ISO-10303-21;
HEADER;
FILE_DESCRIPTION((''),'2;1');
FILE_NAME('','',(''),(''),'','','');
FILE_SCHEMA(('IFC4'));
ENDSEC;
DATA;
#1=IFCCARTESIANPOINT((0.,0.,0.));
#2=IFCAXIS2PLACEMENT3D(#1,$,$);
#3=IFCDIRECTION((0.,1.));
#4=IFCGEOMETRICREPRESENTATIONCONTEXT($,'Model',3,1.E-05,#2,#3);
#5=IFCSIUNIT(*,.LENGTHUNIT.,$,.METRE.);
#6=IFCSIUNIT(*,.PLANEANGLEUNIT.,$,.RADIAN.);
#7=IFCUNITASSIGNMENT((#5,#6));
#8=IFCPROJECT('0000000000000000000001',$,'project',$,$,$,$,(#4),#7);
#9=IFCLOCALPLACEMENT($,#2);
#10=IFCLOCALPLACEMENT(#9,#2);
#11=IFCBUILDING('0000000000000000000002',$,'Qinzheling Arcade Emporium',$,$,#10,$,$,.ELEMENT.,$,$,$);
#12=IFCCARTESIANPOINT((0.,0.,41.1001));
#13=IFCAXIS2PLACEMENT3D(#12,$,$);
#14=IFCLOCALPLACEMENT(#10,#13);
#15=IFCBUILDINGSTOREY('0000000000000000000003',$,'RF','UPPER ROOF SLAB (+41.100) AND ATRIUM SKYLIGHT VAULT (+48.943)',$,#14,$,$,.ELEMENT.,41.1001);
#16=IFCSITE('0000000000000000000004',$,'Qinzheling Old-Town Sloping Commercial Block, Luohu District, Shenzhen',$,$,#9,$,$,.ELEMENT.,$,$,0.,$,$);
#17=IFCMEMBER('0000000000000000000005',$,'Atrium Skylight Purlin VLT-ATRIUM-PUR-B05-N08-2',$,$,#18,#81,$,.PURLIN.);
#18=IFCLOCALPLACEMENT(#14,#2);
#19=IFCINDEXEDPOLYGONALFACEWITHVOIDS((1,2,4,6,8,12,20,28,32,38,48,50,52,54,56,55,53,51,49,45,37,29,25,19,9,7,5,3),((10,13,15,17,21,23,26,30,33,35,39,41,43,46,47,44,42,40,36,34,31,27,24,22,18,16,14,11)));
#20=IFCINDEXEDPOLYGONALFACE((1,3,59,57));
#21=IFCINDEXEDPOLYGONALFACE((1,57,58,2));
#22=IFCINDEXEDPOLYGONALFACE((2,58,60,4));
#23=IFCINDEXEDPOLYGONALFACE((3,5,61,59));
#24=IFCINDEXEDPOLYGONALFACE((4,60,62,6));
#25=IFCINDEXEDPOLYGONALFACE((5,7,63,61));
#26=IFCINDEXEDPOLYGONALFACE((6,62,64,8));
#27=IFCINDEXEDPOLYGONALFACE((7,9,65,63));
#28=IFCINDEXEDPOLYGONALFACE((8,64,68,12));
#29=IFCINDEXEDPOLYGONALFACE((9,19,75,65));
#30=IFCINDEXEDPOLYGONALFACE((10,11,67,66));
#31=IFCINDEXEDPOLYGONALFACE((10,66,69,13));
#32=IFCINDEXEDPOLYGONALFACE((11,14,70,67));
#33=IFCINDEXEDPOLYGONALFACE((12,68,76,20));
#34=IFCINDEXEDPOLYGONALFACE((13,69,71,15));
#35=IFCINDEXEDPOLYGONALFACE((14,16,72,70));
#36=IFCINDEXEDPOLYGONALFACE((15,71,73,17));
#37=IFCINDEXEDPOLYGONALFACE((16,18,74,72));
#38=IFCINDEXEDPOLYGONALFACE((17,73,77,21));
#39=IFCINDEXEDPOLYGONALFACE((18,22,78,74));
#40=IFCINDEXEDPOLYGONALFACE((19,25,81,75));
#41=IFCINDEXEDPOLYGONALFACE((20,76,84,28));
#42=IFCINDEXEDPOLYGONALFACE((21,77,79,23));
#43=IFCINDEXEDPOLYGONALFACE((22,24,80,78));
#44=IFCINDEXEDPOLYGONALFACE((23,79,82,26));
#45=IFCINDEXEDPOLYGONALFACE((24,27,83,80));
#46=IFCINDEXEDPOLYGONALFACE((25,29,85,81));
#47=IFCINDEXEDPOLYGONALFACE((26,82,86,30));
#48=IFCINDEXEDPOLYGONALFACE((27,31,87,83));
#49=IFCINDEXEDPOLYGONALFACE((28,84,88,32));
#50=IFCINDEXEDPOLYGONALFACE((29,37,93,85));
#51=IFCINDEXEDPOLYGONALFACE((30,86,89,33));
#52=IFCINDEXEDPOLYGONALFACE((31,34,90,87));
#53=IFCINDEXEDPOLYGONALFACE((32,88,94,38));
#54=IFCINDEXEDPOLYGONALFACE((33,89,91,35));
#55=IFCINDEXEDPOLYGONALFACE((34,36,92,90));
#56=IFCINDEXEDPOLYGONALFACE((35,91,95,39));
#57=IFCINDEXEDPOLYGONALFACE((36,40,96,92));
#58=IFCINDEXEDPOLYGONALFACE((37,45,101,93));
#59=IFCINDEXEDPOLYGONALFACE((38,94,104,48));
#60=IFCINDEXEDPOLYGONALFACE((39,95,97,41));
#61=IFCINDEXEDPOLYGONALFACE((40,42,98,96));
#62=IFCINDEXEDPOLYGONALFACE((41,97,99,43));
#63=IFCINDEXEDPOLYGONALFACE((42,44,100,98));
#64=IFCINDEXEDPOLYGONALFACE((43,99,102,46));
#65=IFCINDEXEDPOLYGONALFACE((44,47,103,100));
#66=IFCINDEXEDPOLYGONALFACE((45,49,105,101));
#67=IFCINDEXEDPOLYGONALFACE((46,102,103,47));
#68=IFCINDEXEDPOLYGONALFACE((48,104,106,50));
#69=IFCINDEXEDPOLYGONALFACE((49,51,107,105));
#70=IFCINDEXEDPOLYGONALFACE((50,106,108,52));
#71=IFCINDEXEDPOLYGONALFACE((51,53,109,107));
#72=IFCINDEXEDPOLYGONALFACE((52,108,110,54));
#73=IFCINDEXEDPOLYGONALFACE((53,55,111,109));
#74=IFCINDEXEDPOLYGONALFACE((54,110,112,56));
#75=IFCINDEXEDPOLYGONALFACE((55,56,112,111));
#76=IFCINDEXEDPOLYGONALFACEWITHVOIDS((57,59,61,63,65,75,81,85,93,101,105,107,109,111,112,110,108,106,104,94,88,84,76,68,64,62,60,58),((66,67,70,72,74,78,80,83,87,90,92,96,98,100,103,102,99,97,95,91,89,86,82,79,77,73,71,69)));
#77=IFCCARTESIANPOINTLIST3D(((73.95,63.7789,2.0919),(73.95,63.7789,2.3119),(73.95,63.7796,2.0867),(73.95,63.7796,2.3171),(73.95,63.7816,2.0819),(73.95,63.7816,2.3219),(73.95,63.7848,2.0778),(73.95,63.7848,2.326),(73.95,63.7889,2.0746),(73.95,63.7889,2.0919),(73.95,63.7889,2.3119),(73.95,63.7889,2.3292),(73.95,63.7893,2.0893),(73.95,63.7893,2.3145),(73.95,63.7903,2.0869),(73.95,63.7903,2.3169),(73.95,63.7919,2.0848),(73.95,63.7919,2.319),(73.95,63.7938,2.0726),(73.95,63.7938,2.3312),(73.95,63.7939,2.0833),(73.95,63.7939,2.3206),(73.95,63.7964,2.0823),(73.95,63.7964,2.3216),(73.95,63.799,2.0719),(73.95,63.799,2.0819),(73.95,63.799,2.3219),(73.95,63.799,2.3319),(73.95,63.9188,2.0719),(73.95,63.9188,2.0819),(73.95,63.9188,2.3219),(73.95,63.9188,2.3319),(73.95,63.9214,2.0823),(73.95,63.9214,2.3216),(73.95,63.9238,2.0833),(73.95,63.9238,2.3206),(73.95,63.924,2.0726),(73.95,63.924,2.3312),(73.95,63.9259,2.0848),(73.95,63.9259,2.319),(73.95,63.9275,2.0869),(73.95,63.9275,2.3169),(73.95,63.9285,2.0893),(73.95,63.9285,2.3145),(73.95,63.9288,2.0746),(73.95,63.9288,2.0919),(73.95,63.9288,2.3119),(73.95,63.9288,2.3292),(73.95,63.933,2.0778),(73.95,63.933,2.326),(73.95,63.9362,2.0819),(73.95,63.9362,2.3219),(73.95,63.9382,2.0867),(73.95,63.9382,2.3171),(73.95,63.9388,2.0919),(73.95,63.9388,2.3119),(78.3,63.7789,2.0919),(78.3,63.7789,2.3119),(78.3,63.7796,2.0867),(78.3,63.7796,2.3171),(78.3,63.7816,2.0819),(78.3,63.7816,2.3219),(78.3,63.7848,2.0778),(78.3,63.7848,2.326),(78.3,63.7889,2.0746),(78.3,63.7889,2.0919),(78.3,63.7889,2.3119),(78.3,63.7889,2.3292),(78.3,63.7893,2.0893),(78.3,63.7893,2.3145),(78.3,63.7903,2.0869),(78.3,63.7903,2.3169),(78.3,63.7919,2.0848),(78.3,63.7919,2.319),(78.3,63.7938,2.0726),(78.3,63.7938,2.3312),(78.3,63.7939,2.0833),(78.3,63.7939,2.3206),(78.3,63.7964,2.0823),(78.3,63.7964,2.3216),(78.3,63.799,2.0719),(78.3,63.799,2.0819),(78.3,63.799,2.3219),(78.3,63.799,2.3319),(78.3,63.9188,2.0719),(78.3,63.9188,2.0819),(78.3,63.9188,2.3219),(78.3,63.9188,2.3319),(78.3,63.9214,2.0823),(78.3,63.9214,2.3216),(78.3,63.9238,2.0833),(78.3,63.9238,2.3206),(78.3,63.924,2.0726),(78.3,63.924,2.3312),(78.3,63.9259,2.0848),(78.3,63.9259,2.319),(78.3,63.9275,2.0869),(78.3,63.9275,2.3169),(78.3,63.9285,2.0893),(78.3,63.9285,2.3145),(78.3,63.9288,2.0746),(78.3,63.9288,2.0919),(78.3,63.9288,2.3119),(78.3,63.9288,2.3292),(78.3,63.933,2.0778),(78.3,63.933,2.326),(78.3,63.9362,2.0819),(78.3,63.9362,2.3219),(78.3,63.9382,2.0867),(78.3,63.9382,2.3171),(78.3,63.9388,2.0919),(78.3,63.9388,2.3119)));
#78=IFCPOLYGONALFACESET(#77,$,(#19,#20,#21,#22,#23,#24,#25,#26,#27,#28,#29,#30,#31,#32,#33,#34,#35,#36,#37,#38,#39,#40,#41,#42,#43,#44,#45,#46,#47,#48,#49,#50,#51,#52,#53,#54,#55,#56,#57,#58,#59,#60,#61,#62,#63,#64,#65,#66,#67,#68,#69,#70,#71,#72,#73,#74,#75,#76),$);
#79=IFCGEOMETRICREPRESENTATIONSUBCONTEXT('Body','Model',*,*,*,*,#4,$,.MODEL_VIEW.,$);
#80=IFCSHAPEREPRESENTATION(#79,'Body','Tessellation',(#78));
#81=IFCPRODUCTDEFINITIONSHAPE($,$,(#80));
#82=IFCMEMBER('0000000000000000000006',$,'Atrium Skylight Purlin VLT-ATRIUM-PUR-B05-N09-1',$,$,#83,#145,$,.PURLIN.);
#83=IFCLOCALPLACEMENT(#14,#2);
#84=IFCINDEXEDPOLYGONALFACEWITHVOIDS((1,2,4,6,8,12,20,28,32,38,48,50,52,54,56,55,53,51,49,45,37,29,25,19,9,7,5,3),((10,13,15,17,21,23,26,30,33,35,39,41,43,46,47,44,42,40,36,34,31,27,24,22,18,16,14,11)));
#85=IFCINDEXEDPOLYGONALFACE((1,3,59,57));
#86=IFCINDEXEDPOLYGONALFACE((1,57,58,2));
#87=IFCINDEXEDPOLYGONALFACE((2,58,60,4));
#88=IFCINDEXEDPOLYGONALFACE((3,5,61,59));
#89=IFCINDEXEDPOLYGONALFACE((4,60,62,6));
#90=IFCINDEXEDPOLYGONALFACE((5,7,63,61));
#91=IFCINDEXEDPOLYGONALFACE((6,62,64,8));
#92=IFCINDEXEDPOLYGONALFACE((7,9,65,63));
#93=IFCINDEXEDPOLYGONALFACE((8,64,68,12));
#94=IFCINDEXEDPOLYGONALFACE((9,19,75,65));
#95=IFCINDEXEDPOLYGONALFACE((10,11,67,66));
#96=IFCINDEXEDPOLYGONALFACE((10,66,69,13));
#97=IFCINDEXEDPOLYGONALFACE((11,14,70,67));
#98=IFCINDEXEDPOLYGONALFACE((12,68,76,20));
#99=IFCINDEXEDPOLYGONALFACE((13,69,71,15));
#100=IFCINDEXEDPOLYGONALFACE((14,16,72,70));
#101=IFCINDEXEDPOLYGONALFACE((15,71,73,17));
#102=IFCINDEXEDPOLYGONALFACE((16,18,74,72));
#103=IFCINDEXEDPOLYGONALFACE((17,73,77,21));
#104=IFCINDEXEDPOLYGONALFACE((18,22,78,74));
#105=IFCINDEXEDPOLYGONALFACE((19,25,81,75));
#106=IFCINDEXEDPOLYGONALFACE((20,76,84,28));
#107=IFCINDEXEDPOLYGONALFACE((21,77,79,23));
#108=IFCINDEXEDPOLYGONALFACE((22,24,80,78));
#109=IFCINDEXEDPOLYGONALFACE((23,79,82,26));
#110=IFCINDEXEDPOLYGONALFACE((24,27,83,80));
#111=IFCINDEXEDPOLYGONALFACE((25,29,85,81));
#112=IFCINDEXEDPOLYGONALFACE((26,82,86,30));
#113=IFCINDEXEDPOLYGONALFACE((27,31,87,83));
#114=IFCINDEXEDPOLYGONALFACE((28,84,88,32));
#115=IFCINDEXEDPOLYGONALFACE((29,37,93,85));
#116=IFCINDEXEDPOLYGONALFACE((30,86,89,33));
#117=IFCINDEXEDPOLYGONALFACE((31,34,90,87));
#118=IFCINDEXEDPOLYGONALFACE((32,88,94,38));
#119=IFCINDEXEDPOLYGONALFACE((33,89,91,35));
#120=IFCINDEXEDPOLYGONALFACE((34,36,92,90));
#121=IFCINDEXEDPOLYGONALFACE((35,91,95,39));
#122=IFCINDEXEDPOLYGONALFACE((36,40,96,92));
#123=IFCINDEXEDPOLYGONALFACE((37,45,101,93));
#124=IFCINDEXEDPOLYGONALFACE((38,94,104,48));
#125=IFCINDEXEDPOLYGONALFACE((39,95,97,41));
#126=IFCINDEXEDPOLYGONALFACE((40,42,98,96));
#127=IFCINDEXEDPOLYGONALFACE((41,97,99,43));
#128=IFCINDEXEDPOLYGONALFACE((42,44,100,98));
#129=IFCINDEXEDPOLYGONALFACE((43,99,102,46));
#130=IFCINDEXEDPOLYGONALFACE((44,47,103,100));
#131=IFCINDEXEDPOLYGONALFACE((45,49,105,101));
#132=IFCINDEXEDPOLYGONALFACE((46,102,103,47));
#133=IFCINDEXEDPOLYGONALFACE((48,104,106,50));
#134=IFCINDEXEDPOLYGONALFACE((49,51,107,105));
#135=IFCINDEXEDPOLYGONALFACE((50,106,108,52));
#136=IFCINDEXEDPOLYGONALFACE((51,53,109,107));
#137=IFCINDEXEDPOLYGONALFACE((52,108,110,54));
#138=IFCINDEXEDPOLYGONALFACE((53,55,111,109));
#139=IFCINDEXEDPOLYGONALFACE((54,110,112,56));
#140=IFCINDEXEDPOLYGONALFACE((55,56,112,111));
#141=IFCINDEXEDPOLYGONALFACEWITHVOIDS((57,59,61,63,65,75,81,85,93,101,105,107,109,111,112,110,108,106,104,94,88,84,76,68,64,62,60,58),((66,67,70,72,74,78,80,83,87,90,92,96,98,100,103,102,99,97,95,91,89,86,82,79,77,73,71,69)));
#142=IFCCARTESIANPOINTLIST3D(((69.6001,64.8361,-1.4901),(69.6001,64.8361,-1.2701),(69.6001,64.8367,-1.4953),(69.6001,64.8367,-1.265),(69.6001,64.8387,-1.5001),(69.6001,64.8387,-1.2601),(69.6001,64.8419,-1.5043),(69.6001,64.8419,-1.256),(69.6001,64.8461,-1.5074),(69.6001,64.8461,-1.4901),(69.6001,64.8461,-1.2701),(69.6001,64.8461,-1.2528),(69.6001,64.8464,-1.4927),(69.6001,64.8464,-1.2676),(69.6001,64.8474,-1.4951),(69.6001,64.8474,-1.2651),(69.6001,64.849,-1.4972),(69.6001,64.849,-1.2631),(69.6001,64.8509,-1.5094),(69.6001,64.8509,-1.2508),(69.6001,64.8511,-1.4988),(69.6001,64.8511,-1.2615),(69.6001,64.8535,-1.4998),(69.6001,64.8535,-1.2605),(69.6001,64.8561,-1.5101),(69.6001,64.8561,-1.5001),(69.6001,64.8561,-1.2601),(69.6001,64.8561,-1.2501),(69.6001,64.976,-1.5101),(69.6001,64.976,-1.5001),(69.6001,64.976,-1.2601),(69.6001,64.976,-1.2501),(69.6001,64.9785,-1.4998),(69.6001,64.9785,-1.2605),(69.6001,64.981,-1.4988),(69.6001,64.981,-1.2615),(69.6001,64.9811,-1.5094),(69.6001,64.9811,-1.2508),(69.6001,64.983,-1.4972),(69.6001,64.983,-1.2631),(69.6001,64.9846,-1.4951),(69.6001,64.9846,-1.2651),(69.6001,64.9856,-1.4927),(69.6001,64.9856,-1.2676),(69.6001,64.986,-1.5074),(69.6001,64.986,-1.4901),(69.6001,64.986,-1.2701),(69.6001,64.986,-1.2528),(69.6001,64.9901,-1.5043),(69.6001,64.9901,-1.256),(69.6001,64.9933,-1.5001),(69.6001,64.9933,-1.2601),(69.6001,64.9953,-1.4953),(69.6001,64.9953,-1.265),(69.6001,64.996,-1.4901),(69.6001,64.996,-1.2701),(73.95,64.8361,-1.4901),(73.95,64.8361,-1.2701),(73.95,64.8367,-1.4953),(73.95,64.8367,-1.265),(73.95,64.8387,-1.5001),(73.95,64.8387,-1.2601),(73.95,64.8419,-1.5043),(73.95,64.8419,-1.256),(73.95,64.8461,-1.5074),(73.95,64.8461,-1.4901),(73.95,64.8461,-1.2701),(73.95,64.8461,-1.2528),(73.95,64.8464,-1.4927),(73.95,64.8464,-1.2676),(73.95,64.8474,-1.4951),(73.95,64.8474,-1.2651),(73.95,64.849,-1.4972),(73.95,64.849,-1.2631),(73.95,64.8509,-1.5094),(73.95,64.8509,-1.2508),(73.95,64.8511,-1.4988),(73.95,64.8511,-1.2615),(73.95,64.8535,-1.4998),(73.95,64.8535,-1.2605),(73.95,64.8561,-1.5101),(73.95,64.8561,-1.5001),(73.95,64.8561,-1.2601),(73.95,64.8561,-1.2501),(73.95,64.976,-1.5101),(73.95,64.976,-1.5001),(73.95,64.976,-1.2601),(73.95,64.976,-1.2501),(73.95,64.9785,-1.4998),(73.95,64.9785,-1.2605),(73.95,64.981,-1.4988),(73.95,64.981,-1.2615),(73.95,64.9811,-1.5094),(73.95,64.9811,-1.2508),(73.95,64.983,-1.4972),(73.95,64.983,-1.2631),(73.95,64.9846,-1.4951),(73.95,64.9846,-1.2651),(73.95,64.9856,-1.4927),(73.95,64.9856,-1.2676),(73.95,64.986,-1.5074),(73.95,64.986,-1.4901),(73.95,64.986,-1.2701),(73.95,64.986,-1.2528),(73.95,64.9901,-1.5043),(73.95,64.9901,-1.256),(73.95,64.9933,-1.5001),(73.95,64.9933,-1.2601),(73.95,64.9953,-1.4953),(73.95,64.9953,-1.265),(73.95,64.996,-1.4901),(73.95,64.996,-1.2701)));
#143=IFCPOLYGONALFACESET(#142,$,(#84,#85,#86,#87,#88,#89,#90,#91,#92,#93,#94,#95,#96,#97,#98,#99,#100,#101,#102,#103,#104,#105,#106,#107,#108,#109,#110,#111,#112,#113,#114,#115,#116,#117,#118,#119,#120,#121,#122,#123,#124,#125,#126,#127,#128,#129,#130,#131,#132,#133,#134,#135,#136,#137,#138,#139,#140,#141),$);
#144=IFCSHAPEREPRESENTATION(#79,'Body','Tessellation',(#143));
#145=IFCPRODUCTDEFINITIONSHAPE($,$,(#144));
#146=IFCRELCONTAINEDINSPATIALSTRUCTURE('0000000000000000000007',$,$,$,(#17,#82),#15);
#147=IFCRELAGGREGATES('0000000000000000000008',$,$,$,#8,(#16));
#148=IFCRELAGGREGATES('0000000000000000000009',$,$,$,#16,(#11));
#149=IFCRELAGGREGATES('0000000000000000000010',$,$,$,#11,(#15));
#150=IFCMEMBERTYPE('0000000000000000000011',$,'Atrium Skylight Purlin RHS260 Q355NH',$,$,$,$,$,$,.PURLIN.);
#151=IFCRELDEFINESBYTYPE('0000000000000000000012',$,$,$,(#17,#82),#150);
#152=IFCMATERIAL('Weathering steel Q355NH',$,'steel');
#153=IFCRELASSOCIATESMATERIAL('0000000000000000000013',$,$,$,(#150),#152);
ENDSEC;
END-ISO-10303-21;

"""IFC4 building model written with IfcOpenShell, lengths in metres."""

from ifc_helpers import new_model, si_unit, direction, frame, origin, origin_2d, place, context, subcontext, project, spatial, hollow_rectangle, extrude, material, material_profile, profile_set, type_object, element, save


model = new_model("IFC4")

# Units and contexts
model_context = context("Model", 3, precision=1e-05, world=origin(), true_north=direction((0.0, 1.0)))
body_context = subcontext(model_context, "Body", "Model", "MODEL_VIEW")
ifc_project = project(units=[si_unit("LENGTHUNIT", "METRE"), si_unit("PLANEANGLEUNIT", "RADIAN")], contexts=[model_context])

# Site, building, storey
site_placement = place(None, origin())
site = spatial("IfcSite", under=ifc_project, at=site_placement, Name="Qinzheling Old-Town Sloping Commercial Block, Luohu District, Shenzhen", CompositionType="ELEMENT", RefElevation=0.0)
building_placement = place(site_placement, origin())
building = spatial("IfcBuilding", under=site, at=building_placement, Name="Qinzheling Arcade Emporium", CompositionType="ELEMENT")
storey_placement = place(building_placement, frame((0.0, 0.0, 41.1001)))
storey = spatial("IfcBuildingStorey", under=building, at=storey_placement, Name="RF", Description="UPPER ROOF SLAB (+41.100) AND ATRIUM SKYLIGHT VAULT (+48.943)", CompositionType="ELEMENT", Elevation=41.1001)

# Shared definitions
ifc_material_1 = material(Name="Weathering steel Q355NH", Category="steel")

# Members
ifc_material_profile_1 = material_profile(ifc_material_1, hollow_rectangle(XDim=0.1599, YDim=0.26, WallThickness=0.01, InnerFilletRadius=0.01, OuterFilletRadius=0.02, at=origin_2d()), Name="RHS 260x160x10", Category="steel")
ifc_profile_set_1 = profile_set([ifc_material_profile_1], Name="Weathering steel Q355NH")
member_type_1 = type_object("IfcMemberType", Name="Atrium Skylight Purlin RHS260 Q355NH", PredefinedType="PURLIN", material=ifc_profile_set_1)
member_1_placement = place(storey_placement, frame((73.95, 63.8589, 2.2019), z_axis=(1.0, 0.0, 0.0), x_axis=(0.0, 1.0, 0.0)))
element("IfcMember", 1, at=member_1_placement, inside=storey, type_object=member_type_1, Name="Atrium Skylight Purlin VLT-ATRIUM-PUR-B05-N08-2", PredefinedType="PURLIN", context=body_context, shape_type="SweptSolid", body=[
    extrude(hollow_rectangle(XDim=0.1599, YDim=0.26, WallThickness=0.01, InnerFilletRadius=0.01, OuterFilletRadius=0.02, at=origin_2d()), origin(), (0.0, 0.0, 1.0), 4.3501),
])
member_2_placement = place(storey_placement, frame((69.6001, 64.916, -1.3801), z_axis=(1.0, 0.0, 0.0), x_axis=(0.0, 1.0, 0.0)))
element("IfcMember", 2, at=member_2_placement, inside=storey, type_object=member_type_1, Name="Atrium Skylight Purlin VLT-ATRIUM-PUR-B05-N09-1", PredefinedType="PURLIN", context=body_context, shape_type="SweptSolid", body=[
    extrude(hollow_rectangle(XDim=0.1599, YDim=0.26, WallThickness=0.01, InnerFilletRadius=0.01, OuterFilletRadius=0.02, at=origin_2d()), origin(), (0.0, 0.0, 1.0), 4.3499),
])

save(model, "model.ifc")
